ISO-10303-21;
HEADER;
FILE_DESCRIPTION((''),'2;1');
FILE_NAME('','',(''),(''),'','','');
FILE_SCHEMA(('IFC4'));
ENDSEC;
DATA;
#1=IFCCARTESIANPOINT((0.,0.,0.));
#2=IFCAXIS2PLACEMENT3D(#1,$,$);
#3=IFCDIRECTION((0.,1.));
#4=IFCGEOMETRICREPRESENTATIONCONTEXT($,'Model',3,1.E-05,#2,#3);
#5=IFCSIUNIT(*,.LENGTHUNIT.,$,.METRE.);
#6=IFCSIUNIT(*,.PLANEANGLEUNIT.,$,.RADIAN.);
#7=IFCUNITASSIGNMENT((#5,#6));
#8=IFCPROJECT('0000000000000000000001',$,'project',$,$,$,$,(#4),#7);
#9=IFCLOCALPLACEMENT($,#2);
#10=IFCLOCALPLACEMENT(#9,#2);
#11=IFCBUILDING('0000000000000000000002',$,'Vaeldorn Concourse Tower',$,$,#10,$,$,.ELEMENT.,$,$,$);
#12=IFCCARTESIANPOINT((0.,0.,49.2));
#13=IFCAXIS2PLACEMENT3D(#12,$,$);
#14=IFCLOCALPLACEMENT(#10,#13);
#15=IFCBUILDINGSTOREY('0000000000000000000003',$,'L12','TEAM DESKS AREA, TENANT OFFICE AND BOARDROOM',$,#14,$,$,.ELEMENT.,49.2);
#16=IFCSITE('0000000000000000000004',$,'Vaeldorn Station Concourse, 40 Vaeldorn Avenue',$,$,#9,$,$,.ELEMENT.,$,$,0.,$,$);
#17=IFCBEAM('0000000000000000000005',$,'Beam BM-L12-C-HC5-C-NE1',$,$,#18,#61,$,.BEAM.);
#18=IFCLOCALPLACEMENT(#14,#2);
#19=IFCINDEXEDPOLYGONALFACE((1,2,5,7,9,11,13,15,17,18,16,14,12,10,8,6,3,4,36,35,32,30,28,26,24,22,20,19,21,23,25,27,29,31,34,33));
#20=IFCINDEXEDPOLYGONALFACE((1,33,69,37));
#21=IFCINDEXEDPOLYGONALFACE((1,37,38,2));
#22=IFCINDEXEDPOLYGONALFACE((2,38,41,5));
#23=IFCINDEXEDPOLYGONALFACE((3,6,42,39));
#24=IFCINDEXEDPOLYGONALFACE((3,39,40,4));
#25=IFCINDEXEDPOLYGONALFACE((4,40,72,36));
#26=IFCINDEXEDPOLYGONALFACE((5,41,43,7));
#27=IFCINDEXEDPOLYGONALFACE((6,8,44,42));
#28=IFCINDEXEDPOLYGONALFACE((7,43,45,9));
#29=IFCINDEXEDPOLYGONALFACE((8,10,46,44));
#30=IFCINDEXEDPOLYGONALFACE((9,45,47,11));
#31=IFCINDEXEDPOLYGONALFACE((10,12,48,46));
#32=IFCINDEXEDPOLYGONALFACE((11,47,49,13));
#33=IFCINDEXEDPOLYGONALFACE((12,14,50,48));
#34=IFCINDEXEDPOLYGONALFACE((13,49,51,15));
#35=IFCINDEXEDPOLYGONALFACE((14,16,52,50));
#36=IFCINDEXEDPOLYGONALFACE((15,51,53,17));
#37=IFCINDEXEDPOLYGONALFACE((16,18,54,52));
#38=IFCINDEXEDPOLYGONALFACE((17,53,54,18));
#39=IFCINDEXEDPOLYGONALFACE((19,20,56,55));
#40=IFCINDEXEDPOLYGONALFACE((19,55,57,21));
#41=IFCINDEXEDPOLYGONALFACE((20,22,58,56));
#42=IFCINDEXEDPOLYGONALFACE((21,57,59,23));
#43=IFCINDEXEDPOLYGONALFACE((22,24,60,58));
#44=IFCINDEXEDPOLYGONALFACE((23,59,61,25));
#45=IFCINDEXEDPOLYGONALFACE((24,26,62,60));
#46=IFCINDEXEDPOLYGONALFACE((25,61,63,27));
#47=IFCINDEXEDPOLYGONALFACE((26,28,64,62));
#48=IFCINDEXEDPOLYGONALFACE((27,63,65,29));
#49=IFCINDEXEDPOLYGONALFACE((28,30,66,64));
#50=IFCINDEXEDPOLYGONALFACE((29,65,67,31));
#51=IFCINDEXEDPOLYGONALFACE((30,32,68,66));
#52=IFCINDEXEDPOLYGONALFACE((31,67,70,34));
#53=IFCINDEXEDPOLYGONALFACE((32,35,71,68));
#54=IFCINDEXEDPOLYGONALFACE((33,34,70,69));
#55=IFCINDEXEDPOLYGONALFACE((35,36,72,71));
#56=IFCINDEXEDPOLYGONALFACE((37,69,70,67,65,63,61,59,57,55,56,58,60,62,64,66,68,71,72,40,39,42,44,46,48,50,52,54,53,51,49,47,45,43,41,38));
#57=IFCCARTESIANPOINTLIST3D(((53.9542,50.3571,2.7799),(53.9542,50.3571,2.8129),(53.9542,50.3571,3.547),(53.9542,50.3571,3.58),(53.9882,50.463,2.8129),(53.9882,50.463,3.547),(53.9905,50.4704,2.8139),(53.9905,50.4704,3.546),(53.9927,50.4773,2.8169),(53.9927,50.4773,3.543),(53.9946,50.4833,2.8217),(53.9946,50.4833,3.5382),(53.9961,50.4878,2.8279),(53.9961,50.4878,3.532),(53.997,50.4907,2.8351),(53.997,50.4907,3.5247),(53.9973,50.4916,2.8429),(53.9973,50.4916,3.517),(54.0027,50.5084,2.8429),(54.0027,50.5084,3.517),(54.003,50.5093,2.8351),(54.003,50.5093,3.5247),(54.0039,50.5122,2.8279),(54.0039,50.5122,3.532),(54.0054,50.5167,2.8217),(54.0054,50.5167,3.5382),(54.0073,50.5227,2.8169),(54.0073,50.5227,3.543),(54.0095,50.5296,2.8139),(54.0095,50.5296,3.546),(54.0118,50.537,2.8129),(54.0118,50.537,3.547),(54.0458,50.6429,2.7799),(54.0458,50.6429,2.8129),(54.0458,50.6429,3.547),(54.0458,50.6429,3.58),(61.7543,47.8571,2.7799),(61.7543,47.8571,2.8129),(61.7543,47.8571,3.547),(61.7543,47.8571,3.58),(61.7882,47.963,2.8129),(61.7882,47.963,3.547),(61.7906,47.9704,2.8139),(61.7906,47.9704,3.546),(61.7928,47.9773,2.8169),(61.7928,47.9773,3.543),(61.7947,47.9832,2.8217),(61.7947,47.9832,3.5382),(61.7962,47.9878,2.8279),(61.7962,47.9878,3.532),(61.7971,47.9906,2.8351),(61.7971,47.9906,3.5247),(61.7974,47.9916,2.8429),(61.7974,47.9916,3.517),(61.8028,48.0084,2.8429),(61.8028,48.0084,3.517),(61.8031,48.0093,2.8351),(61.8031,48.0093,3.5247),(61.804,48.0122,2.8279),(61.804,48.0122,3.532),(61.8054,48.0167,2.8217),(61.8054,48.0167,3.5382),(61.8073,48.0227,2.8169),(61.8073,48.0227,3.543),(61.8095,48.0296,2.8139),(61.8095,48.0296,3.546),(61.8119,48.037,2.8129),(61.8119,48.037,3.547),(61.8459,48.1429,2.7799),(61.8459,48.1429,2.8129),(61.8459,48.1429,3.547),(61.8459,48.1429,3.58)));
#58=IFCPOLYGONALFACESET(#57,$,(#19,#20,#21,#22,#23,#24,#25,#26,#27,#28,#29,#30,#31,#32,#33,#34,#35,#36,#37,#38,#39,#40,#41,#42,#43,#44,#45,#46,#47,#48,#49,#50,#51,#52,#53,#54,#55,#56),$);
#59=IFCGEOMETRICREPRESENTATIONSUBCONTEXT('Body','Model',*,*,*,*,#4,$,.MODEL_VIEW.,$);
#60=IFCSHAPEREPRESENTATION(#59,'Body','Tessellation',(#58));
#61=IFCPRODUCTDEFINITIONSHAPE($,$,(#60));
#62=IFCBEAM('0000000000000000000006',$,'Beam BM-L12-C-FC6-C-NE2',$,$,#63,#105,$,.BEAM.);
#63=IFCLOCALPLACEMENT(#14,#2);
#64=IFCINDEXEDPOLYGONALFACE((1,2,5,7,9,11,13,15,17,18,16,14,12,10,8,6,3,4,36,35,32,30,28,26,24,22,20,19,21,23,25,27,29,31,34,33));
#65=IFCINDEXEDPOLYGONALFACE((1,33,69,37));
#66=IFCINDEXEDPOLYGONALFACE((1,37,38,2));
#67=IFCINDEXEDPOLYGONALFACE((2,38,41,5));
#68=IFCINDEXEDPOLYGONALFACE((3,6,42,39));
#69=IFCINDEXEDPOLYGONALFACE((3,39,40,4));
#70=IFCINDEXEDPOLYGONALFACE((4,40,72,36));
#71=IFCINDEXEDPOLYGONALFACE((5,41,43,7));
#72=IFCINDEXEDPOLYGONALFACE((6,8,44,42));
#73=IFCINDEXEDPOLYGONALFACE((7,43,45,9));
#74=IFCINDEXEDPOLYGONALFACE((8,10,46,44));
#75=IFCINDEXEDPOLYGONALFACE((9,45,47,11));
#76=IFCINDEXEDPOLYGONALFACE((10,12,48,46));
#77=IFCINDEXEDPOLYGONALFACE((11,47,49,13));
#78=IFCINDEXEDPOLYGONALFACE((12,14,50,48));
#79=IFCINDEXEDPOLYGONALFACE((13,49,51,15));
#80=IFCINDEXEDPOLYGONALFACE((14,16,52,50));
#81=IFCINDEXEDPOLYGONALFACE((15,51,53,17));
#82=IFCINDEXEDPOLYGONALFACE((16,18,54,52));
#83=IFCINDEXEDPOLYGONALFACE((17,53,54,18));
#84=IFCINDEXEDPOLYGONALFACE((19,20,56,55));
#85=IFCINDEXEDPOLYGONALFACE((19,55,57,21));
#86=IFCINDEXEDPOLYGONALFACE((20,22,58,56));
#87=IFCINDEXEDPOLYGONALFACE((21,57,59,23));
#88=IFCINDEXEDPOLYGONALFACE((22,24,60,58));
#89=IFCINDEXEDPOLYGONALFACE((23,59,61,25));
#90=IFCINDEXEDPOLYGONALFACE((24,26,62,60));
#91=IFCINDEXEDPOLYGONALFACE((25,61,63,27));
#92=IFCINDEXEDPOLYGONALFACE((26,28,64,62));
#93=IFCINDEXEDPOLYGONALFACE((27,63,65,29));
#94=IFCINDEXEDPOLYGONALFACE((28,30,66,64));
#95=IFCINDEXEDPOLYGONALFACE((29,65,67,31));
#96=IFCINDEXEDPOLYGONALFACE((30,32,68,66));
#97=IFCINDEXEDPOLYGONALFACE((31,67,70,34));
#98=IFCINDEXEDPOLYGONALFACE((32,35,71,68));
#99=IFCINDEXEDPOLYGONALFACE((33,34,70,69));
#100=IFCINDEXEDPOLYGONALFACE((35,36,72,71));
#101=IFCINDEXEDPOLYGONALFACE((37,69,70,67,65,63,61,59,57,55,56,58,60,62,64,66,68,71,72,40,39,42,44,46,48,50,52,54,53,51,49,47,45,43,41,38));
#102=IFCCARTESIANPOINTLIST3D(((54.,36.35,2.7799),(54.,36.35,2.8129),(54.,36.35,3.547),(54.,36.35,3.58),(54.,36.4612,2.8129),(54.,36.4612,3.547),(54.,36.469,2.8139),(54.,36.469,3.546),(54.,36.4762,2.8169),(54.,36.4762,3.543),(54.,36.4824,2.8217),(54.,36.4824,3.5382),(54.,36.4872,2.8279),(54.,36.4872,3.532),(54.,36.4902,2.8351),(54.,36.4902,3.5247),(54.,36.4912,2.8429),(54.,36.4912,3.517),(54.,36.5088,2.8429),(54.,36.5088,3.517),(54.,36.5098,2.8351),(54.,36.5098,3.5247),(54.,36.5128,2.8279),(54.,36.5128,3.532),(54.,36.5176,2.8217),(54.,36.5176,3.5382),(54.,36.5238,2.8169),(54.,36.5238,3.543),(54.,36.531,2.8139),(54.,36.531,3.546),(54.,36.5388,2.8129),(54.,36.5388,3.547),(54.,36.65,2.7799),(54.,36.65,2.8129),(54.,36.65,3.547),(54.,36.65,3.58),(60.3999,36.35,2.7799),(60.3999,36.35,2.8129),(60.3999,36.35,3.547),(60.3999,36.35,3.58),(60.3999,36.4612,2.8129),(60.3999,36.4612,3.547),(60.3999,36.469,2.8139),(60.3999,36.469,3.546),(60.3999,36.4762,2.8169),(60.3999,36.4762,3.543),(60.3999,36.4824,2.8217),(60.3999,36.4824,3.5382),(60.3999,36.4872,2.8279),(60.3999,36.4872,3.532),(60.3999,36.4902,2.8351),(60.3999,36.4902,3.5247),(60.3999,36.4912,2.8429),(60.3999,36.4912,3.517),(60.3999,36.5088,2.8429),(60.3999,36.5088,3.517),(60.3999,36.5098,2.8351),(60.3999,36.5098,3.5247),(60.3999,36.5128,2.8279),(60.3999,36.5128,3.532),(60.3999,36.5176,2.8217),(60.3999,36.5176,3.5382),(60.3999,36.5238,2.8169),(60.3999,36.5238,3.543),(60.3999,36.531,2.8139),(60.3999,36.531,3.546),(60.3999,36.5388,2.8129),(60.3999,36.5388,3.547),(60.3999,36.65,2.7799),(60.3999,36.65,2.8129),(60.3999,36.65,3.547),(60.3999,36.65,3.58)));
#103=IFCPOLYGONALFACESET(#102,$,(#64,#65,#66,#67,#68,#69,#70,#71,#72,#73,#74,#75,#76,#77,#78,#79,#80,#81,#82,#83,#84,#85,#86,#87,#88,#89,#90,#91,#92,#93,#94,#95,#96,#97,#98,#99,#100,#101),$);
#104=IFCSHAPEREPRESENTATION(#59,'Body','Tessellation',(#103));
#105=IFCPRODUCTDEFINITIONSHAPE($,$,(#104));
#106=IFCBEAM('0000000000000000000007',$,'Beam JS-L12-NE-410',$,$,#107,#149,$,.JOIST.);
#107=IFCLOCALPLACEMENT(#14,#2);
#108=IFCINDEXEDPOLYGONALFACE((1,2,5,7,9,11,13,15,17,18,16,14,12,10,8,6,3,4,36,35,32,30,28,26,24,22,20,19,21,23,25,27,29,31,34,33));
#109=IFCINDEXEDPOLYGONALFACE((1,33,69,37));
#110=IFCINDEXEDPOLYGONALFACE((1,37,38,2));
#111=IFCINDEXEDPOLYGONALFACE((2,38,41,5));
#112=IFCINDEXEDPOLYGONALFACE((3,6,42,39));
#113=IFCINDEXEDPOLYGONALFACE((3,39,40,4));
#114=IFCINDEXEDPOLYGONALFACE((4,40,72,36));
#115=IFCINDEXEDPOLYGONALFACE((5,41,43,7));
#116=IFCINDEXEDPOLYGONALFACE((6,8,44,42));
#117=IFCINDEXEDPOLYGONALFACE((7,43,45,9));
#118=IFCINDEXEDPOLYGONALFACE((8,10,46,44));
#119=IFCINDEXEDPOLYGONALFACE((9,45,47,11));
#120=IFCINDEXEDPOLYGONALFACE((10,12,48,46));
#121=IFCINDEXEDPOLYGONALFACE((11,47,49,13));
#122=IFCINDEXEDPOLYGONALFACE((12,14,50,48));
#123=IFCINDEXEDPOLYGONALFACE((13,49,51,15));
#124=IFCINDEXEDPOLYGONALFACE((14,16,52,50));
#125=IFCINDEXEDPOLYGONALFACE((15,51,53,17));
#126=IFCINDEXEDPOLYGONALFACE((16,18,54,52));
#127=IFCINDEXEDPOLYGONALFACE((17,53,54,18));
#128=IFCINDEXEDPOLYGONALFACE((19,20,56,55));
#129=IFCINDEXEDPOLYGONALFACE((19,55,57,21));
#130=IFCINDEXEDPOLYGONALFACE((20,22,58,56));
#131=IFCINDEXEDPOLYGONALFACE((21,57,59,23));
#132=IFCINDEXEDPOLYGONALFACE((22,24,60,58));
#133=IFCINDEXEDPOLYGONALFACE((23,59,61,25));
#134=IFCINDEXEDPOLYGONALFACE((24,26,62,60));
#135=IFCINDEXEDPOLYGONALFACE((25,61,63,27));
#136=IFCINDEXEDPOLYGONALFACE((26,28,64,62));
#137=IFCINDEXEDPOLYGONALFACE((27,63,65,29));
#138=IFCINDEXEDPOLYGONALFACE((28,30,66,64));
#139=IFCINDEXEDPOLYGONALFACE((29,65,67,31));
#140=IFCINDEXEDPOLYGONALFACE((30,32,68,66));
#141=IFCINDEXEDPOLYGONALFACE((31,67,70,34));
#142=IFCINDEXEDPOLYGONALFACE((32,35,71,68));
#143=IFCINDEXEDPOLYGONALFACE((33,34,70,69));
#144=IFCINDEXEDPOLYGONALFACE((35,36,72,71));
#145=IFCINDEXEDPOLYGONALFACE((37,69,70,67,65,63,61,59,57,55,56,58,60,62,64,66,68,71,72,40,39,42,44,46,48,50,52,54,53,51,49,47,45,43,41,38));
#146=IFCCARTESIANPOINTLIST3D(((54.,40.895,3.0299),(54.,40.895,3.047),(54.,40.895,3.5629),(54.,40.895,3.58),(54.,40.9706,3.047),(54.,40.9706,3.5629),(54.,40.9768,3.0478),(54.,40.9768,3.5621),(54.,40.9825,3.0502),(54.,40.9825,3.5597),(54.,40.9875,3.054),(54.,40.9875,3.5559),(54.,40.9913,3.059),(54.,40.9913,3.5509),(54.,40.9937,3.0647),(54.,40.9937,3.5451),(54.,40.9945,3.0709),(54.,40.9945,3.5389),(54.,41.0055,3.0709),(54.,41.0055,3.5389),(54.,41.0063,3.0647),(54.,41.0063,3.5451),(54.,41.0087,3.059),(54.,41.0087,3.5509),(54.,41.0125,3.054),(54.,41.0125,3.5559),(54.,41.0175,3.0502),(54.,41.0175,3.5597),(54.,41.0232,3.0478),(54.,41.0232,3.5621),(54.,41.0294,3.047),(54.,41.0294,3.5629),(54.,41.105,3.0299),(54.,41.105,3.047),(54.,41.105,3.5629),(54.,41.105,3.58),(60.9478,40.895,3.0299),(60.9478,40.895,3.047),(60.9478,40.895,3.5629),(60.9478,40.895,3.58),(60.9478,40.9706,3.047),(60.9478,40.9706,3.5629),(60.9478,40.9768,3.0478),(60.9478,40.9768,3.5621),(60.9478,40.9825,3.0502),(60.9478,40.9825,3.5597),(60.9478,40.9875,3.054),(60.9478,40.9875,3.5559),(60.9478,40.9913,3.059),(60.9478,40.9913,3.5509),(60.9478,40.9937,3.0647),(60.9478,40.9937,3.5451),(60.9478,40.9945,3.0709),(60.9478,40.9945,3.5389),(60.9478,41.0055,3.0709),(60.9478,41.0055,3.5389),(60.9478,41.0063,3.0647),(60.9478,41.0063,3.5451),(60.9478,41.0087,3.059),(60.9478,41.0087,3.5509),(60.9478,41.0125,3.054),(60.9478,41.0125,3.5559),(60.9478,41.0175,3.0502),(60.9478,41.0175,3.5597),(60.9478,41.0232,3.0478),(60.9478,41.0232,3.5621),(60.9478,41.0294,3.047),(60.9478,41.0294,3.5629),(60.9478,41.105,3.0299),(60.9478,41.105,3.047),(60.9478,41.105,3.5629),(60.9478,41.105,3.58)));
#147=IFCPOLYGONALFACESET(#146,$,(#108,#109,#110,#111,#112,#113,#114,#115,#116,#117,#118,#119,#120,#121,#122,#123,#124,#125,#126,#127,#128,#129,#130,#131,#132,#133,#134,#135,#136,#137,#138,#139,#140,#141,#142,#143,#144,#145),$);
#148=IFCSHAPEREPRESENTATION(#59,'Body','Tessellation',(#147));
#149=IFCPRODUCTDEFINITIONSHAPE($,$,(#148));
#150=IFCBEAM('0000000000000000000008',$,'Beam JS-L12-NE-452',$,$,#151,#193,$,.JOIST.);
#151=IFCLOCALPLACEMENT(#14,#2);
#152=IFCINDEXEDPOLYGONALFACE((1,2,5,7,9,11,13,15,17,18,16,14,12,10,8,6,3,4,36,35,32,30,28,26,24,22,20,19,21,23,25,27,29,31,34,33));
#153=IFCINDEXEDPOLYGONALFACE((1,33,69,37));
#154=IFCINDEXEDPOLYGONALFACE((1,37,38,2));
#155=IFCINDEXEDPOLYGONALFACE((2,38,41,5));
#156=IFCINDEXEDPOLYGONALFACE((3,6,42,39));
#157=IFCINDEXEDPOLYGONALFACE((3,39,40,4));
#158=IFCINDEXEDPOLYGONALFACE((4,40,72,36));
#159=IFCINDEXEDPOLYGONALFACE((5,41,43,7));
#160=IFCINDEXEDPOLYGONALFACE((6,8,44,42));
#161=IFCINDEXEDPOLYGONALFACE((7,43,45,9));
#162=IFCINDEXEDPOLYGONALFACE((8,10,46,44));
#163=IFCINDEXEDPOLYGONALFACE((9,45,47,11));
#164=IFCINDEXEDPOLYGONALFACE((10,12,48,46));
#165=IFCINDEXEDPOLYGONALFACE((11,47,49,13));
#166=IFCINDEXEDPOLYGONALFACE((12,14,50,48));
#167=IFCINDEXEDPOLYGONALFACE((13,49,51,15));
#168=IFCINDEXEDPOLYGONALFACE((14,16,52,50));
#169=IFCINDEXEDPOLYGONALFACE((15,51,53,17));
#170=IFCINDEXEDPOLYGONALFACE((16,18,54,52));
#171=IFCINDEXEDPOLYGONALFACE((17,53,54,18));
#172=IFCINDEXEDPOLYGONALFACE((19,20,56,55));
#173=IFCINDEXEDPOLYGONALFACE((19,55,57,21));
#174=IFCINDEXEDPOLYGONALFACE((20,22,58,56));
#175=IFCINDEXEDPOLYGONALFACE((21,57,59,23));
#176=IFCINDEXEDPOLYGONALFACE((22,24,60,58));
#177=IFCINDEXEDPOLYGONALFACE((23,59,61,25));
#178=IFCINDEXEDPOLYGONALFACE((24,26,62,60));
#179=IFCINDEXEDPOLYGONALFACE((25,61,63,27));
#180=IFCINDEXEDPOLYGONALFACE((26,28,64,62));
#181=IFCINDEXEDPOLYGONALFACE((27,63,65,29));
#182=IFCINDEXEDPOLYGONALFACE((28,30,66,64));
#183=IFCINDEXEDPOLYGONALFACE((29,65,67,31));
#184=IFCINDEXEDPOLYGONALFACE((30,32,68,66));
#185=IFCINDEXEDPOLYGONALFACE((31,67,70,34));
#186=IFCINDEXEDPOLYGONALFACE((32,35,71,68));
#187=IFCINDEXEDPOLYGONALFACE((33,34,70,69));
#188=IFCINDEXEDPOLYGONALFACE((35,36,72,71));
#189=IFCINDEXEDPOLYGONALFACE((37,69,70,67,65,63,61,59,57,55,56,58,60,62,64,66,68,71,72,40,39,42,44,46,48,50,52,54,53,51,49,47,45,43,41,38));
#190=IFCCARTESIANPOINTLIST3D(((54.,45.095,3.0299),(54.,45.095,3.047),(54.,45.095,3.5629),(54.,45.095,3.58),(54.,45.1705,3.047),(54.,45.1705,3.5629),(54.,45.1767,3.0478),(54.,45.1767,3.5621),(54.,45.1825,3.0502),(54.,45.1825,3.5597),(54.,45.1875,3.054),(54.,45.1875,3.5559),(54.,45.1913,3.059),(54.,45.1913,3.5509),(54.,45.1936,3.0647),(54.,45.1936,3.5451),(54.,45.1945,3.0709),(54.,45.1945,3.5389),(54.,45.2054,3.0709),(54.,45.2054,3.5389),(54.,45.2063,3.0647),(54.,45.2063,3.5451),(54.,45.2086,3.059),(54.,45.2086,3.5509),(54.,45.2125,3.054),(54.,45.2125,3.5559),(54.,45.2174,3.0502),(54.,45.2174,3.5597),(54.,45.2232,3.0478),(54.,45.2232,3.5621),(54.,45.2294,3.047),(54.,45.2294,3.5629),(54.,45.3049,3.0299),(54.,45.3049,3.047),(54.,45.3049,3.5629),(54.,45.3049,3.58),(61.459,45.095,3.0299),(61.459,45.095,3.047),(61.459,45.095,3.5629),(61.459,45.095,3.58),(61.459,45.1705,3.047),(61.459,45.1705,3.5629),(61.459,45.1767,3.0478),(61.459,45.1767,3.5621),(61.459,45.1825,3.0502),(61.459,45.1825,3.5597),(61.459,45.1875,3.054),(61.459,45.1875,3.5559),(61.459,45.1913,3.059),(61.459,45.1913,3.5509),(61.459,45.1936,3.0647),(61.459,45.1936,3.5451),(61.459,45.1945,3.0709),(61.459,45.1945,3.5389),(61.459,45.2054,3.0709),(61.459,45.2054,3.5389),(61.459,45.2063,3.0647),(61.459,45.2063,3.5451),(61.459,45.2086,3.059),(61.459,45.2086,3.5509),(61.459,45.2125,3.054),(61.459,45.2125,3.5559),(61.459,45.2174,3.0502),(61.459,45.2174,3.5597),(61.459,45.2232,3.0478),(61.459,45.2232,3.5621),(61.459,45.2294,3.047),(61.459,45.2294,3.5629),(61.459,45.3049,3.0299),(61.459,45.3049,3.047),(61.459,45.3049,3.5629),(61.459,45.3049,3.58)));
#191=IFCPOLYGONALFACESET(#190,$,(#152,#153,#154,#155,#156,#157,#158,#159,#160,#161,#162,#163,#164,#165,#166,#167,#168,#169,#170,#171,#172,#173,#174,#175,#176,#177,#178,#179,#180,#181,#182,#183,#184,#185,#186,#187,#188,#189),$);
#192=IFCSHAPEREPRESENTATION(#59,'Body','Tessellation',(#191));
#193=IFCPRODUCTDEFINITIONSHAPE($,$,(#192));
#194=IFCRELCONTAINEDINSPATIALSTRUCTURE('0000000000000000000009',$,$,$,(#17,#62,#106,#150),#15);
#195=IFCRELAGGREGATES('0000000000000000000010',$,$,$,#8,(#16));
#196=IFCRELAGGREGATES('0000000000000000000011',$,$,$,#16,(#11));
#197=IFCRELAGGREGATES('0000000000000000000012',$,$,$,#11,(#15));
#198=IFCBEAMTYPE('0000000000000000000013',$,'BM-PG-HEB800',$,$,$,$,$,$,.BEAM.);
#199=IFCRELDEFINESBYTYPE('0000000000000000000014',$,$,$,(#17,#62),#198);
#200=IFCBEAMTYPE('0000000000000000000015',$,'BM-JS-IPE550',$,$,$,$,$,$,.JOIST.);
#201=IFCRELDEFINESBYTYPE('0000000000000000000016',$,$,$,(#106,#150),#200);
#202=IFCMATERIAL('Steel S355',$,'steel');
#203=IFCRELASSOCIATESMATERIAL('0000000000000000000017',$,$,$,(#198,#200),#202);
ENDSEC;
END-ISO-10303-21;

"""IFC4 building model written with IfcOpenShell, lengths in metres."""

from ifc_helpers import new_model, si_unit, direction, frame, origin, origin_2d, place, context, subcontext, project, spatial, i_section, extrude, source, transform, mapped, material, material_profile, profile_set, type_object, element, save


model = new_model("IFC4")

# Units and contexts
model_context = context("Model", 3, precision=1e-05, world=origin(), true_north=direction((0.0, 1.0)))
body_context = subcontext(model_context, "Body", "Model", "MODEL_VIEW")
ifc_project = project(units=[si_unit("LENGTHUNIT", "METRE"), si_unit("PLANEANGLEUNIT", "RADIAN")], contexts=[model_context])

# Site, building, storey
site_placement = place(None, origin())
site = spatial("IfcSite", under=ifc_project, at=site_placement, Name="Vaeldorn Station Concourse, 40 Vaeldorn Avenue", CompositionType="ELEMENT", RefElevation=0.0)
building_placement = place(site_placement, origin())
building = spatial("IfcBuilding", under=site, at=building_placement, Name="Vaeldorn Concourse Tower", CompositionType="ELEMENT")
storey_placement = place(building_placement, frame((0.0, 0.0, 49.2)))
storey = spatial("IfcBuildingStorey", under=building, at=storey_placement, Name="L12", Description="TEAM DESKS AREA, TENANT OFFICE AND BOARDROOM", CompositionType="ELEMENT", Elevation=49.2)

# Beams
ifc_material_1 = material(Name="Steel S355", Category="steel")
ifc_material_profile_1 = material_profile(ifc_material_1, i_section(OverallWidth=0.3, OverallDepth=0.8, WebThickness=0.0176, FlangeThickness=0.033, FilletRadius=0.03, at=origin_2d()), Name="HEB 800")
ifc_profile_set_1 = profile_set([ifc_material_profile_1], Name="Steel S355")
beam_type_1 = type_object("IfcBeamType", Name="BM-PG-HEB800", PredefinedType="BEAM", material=ifc_profile_set_1)
shared_shape_1 = source(origin(), body_context, "Body", "SweptSolid", [
    extrude(i_section(OverallWidth=0.3, OverallDepth=0.8, WebThickness=0.0176, FlangeThickness=0.033, FilletRadius=0.03, at=origin_2d()), origin(), (0.0, 0.0, 1.0), 8.1909),
])
beam_1_placement = place(storey_placement, frame((54.0, 50.5, 3.1799), z_axis=(0.952283, -0.305217, 0.0), x_axis=(0.305217, 0.952283, 0.0)))
element("IfcBeam", 1, at=beam_1_placement, inside=storey, type_object=beam_type_1, Name="Beam BM-L12-C-HC5-C-NE1", PredefinedType="BEAM", context=body_context, shape_type="MappedRepresentation", body=[
    mapped(shared_shape_1, transform((0.0, 0.0, 0.0), scale=1.0)),
])
shared_shape_2 = source(origin(), body_context, "Body", "SweptSolid", [
    extrude(i_section(OverallWidth=0.3, OverallDepth=0.8, WebThickness=0.0176, FlangeThickness=0.033, FilletRadius=0.03, at=origin_2d()), origin(), (0.0, 0.0, 1.0), 6.3999),
])
beam_2_placement = place(storey_placement, frame((54.0, 36.5, 3.1799), z_axis=(1.0, 0.0, 0.0), x_axis=(0.0, 1.0, 0.0)))
element("IfcBeam", 2, at=beam_2_placement, inside=storey, type_object=beam_type_1, Name="Beam BM-L12-C-FC6-C-NE2", PredefinedType="BEAM", context=body_context, shape_type="MappedRepresentation", body=[
    mapped(shared_shape_2, transform((0.0, 0.0, 0.0), scale=1.0)),
])
ifc_material_profile_2 = material_profile(ifc_material_1, i_section(OverallWidth=0.21, OverallDepth=0.55, WebThickness=0.011, FlangeThickness=0.0171, FilletRadius=0.0239, at=origin_2d()), Name="IPE 550")
ifc_profile_set_2 = profile_set([ifc_material_profile_2], Name="Steel S355")
beam_type_2 = type_object("IfcBeamType", Name="BM-JS-IPE550", PredefinedType="JOIST", material=ifc_profile_set_2)
shared_shape_3 = source(origin(), body_context, "Body", "SweptSolid", [
    extrude(i_section(OverallWidth=0.21, OverallDepth=0.55, WebThickness=0.011, FlangeThickness=0.0171, FilletRadius=0.0239, at=origin_2d()), origin(), (0.0, 0.0, 1.0), 6.9478),
])
beam_3_placement = place(storey_placement, frame((54.0, 41.0, 3.3049), z_axis=(1.0, 0.0, 0.0), x_axis=(0.0, 1.0, 0.0)))
element("IfcBeam", 3, at=beam_3_placement, inside=storey, type_object=beam_type_2, Name="Beam JS-L12-NE-410", PredefinedType="JOIST", context=body_context, shape_type="MappedRepresentation", body=[
    mapped(shared_shape_3, transform((0.0, 0.0, 0.0), scale=1.0)),
])
shared_shape_4 = source(origin(), body_context, "Body", "SweptSolid", [
    extrude(i_section(OverallWidth=0.21, OverallDepth=0.55, WebThickness=0.011, FlangeThickness=0.0171, FilletRadius=0.0239, at=origin_2d()), origin(), (0.0, 0.0, 1.0), 7.459),
])
beam_4_placement = place(storey_placement, frame((54.0, 45.2, 3.3049), z_axis=(1.0, 0.0, 0.0), x_axis=(0.0, 1.0, 0.0)))
element("IfcBeam", 4, at=beam_4_placement, inside=storey, type_object=beam_type_2, Name="Beam JS-L12-NE-452", PredefinedType="JOIST", context=body_context, shape_type="MappedRepresentation", body=[
    mapped(shared_shape_4, transform((0.0, 0.0, 0.0), scale=1.0)),
])

save(model, "model.ifc")
